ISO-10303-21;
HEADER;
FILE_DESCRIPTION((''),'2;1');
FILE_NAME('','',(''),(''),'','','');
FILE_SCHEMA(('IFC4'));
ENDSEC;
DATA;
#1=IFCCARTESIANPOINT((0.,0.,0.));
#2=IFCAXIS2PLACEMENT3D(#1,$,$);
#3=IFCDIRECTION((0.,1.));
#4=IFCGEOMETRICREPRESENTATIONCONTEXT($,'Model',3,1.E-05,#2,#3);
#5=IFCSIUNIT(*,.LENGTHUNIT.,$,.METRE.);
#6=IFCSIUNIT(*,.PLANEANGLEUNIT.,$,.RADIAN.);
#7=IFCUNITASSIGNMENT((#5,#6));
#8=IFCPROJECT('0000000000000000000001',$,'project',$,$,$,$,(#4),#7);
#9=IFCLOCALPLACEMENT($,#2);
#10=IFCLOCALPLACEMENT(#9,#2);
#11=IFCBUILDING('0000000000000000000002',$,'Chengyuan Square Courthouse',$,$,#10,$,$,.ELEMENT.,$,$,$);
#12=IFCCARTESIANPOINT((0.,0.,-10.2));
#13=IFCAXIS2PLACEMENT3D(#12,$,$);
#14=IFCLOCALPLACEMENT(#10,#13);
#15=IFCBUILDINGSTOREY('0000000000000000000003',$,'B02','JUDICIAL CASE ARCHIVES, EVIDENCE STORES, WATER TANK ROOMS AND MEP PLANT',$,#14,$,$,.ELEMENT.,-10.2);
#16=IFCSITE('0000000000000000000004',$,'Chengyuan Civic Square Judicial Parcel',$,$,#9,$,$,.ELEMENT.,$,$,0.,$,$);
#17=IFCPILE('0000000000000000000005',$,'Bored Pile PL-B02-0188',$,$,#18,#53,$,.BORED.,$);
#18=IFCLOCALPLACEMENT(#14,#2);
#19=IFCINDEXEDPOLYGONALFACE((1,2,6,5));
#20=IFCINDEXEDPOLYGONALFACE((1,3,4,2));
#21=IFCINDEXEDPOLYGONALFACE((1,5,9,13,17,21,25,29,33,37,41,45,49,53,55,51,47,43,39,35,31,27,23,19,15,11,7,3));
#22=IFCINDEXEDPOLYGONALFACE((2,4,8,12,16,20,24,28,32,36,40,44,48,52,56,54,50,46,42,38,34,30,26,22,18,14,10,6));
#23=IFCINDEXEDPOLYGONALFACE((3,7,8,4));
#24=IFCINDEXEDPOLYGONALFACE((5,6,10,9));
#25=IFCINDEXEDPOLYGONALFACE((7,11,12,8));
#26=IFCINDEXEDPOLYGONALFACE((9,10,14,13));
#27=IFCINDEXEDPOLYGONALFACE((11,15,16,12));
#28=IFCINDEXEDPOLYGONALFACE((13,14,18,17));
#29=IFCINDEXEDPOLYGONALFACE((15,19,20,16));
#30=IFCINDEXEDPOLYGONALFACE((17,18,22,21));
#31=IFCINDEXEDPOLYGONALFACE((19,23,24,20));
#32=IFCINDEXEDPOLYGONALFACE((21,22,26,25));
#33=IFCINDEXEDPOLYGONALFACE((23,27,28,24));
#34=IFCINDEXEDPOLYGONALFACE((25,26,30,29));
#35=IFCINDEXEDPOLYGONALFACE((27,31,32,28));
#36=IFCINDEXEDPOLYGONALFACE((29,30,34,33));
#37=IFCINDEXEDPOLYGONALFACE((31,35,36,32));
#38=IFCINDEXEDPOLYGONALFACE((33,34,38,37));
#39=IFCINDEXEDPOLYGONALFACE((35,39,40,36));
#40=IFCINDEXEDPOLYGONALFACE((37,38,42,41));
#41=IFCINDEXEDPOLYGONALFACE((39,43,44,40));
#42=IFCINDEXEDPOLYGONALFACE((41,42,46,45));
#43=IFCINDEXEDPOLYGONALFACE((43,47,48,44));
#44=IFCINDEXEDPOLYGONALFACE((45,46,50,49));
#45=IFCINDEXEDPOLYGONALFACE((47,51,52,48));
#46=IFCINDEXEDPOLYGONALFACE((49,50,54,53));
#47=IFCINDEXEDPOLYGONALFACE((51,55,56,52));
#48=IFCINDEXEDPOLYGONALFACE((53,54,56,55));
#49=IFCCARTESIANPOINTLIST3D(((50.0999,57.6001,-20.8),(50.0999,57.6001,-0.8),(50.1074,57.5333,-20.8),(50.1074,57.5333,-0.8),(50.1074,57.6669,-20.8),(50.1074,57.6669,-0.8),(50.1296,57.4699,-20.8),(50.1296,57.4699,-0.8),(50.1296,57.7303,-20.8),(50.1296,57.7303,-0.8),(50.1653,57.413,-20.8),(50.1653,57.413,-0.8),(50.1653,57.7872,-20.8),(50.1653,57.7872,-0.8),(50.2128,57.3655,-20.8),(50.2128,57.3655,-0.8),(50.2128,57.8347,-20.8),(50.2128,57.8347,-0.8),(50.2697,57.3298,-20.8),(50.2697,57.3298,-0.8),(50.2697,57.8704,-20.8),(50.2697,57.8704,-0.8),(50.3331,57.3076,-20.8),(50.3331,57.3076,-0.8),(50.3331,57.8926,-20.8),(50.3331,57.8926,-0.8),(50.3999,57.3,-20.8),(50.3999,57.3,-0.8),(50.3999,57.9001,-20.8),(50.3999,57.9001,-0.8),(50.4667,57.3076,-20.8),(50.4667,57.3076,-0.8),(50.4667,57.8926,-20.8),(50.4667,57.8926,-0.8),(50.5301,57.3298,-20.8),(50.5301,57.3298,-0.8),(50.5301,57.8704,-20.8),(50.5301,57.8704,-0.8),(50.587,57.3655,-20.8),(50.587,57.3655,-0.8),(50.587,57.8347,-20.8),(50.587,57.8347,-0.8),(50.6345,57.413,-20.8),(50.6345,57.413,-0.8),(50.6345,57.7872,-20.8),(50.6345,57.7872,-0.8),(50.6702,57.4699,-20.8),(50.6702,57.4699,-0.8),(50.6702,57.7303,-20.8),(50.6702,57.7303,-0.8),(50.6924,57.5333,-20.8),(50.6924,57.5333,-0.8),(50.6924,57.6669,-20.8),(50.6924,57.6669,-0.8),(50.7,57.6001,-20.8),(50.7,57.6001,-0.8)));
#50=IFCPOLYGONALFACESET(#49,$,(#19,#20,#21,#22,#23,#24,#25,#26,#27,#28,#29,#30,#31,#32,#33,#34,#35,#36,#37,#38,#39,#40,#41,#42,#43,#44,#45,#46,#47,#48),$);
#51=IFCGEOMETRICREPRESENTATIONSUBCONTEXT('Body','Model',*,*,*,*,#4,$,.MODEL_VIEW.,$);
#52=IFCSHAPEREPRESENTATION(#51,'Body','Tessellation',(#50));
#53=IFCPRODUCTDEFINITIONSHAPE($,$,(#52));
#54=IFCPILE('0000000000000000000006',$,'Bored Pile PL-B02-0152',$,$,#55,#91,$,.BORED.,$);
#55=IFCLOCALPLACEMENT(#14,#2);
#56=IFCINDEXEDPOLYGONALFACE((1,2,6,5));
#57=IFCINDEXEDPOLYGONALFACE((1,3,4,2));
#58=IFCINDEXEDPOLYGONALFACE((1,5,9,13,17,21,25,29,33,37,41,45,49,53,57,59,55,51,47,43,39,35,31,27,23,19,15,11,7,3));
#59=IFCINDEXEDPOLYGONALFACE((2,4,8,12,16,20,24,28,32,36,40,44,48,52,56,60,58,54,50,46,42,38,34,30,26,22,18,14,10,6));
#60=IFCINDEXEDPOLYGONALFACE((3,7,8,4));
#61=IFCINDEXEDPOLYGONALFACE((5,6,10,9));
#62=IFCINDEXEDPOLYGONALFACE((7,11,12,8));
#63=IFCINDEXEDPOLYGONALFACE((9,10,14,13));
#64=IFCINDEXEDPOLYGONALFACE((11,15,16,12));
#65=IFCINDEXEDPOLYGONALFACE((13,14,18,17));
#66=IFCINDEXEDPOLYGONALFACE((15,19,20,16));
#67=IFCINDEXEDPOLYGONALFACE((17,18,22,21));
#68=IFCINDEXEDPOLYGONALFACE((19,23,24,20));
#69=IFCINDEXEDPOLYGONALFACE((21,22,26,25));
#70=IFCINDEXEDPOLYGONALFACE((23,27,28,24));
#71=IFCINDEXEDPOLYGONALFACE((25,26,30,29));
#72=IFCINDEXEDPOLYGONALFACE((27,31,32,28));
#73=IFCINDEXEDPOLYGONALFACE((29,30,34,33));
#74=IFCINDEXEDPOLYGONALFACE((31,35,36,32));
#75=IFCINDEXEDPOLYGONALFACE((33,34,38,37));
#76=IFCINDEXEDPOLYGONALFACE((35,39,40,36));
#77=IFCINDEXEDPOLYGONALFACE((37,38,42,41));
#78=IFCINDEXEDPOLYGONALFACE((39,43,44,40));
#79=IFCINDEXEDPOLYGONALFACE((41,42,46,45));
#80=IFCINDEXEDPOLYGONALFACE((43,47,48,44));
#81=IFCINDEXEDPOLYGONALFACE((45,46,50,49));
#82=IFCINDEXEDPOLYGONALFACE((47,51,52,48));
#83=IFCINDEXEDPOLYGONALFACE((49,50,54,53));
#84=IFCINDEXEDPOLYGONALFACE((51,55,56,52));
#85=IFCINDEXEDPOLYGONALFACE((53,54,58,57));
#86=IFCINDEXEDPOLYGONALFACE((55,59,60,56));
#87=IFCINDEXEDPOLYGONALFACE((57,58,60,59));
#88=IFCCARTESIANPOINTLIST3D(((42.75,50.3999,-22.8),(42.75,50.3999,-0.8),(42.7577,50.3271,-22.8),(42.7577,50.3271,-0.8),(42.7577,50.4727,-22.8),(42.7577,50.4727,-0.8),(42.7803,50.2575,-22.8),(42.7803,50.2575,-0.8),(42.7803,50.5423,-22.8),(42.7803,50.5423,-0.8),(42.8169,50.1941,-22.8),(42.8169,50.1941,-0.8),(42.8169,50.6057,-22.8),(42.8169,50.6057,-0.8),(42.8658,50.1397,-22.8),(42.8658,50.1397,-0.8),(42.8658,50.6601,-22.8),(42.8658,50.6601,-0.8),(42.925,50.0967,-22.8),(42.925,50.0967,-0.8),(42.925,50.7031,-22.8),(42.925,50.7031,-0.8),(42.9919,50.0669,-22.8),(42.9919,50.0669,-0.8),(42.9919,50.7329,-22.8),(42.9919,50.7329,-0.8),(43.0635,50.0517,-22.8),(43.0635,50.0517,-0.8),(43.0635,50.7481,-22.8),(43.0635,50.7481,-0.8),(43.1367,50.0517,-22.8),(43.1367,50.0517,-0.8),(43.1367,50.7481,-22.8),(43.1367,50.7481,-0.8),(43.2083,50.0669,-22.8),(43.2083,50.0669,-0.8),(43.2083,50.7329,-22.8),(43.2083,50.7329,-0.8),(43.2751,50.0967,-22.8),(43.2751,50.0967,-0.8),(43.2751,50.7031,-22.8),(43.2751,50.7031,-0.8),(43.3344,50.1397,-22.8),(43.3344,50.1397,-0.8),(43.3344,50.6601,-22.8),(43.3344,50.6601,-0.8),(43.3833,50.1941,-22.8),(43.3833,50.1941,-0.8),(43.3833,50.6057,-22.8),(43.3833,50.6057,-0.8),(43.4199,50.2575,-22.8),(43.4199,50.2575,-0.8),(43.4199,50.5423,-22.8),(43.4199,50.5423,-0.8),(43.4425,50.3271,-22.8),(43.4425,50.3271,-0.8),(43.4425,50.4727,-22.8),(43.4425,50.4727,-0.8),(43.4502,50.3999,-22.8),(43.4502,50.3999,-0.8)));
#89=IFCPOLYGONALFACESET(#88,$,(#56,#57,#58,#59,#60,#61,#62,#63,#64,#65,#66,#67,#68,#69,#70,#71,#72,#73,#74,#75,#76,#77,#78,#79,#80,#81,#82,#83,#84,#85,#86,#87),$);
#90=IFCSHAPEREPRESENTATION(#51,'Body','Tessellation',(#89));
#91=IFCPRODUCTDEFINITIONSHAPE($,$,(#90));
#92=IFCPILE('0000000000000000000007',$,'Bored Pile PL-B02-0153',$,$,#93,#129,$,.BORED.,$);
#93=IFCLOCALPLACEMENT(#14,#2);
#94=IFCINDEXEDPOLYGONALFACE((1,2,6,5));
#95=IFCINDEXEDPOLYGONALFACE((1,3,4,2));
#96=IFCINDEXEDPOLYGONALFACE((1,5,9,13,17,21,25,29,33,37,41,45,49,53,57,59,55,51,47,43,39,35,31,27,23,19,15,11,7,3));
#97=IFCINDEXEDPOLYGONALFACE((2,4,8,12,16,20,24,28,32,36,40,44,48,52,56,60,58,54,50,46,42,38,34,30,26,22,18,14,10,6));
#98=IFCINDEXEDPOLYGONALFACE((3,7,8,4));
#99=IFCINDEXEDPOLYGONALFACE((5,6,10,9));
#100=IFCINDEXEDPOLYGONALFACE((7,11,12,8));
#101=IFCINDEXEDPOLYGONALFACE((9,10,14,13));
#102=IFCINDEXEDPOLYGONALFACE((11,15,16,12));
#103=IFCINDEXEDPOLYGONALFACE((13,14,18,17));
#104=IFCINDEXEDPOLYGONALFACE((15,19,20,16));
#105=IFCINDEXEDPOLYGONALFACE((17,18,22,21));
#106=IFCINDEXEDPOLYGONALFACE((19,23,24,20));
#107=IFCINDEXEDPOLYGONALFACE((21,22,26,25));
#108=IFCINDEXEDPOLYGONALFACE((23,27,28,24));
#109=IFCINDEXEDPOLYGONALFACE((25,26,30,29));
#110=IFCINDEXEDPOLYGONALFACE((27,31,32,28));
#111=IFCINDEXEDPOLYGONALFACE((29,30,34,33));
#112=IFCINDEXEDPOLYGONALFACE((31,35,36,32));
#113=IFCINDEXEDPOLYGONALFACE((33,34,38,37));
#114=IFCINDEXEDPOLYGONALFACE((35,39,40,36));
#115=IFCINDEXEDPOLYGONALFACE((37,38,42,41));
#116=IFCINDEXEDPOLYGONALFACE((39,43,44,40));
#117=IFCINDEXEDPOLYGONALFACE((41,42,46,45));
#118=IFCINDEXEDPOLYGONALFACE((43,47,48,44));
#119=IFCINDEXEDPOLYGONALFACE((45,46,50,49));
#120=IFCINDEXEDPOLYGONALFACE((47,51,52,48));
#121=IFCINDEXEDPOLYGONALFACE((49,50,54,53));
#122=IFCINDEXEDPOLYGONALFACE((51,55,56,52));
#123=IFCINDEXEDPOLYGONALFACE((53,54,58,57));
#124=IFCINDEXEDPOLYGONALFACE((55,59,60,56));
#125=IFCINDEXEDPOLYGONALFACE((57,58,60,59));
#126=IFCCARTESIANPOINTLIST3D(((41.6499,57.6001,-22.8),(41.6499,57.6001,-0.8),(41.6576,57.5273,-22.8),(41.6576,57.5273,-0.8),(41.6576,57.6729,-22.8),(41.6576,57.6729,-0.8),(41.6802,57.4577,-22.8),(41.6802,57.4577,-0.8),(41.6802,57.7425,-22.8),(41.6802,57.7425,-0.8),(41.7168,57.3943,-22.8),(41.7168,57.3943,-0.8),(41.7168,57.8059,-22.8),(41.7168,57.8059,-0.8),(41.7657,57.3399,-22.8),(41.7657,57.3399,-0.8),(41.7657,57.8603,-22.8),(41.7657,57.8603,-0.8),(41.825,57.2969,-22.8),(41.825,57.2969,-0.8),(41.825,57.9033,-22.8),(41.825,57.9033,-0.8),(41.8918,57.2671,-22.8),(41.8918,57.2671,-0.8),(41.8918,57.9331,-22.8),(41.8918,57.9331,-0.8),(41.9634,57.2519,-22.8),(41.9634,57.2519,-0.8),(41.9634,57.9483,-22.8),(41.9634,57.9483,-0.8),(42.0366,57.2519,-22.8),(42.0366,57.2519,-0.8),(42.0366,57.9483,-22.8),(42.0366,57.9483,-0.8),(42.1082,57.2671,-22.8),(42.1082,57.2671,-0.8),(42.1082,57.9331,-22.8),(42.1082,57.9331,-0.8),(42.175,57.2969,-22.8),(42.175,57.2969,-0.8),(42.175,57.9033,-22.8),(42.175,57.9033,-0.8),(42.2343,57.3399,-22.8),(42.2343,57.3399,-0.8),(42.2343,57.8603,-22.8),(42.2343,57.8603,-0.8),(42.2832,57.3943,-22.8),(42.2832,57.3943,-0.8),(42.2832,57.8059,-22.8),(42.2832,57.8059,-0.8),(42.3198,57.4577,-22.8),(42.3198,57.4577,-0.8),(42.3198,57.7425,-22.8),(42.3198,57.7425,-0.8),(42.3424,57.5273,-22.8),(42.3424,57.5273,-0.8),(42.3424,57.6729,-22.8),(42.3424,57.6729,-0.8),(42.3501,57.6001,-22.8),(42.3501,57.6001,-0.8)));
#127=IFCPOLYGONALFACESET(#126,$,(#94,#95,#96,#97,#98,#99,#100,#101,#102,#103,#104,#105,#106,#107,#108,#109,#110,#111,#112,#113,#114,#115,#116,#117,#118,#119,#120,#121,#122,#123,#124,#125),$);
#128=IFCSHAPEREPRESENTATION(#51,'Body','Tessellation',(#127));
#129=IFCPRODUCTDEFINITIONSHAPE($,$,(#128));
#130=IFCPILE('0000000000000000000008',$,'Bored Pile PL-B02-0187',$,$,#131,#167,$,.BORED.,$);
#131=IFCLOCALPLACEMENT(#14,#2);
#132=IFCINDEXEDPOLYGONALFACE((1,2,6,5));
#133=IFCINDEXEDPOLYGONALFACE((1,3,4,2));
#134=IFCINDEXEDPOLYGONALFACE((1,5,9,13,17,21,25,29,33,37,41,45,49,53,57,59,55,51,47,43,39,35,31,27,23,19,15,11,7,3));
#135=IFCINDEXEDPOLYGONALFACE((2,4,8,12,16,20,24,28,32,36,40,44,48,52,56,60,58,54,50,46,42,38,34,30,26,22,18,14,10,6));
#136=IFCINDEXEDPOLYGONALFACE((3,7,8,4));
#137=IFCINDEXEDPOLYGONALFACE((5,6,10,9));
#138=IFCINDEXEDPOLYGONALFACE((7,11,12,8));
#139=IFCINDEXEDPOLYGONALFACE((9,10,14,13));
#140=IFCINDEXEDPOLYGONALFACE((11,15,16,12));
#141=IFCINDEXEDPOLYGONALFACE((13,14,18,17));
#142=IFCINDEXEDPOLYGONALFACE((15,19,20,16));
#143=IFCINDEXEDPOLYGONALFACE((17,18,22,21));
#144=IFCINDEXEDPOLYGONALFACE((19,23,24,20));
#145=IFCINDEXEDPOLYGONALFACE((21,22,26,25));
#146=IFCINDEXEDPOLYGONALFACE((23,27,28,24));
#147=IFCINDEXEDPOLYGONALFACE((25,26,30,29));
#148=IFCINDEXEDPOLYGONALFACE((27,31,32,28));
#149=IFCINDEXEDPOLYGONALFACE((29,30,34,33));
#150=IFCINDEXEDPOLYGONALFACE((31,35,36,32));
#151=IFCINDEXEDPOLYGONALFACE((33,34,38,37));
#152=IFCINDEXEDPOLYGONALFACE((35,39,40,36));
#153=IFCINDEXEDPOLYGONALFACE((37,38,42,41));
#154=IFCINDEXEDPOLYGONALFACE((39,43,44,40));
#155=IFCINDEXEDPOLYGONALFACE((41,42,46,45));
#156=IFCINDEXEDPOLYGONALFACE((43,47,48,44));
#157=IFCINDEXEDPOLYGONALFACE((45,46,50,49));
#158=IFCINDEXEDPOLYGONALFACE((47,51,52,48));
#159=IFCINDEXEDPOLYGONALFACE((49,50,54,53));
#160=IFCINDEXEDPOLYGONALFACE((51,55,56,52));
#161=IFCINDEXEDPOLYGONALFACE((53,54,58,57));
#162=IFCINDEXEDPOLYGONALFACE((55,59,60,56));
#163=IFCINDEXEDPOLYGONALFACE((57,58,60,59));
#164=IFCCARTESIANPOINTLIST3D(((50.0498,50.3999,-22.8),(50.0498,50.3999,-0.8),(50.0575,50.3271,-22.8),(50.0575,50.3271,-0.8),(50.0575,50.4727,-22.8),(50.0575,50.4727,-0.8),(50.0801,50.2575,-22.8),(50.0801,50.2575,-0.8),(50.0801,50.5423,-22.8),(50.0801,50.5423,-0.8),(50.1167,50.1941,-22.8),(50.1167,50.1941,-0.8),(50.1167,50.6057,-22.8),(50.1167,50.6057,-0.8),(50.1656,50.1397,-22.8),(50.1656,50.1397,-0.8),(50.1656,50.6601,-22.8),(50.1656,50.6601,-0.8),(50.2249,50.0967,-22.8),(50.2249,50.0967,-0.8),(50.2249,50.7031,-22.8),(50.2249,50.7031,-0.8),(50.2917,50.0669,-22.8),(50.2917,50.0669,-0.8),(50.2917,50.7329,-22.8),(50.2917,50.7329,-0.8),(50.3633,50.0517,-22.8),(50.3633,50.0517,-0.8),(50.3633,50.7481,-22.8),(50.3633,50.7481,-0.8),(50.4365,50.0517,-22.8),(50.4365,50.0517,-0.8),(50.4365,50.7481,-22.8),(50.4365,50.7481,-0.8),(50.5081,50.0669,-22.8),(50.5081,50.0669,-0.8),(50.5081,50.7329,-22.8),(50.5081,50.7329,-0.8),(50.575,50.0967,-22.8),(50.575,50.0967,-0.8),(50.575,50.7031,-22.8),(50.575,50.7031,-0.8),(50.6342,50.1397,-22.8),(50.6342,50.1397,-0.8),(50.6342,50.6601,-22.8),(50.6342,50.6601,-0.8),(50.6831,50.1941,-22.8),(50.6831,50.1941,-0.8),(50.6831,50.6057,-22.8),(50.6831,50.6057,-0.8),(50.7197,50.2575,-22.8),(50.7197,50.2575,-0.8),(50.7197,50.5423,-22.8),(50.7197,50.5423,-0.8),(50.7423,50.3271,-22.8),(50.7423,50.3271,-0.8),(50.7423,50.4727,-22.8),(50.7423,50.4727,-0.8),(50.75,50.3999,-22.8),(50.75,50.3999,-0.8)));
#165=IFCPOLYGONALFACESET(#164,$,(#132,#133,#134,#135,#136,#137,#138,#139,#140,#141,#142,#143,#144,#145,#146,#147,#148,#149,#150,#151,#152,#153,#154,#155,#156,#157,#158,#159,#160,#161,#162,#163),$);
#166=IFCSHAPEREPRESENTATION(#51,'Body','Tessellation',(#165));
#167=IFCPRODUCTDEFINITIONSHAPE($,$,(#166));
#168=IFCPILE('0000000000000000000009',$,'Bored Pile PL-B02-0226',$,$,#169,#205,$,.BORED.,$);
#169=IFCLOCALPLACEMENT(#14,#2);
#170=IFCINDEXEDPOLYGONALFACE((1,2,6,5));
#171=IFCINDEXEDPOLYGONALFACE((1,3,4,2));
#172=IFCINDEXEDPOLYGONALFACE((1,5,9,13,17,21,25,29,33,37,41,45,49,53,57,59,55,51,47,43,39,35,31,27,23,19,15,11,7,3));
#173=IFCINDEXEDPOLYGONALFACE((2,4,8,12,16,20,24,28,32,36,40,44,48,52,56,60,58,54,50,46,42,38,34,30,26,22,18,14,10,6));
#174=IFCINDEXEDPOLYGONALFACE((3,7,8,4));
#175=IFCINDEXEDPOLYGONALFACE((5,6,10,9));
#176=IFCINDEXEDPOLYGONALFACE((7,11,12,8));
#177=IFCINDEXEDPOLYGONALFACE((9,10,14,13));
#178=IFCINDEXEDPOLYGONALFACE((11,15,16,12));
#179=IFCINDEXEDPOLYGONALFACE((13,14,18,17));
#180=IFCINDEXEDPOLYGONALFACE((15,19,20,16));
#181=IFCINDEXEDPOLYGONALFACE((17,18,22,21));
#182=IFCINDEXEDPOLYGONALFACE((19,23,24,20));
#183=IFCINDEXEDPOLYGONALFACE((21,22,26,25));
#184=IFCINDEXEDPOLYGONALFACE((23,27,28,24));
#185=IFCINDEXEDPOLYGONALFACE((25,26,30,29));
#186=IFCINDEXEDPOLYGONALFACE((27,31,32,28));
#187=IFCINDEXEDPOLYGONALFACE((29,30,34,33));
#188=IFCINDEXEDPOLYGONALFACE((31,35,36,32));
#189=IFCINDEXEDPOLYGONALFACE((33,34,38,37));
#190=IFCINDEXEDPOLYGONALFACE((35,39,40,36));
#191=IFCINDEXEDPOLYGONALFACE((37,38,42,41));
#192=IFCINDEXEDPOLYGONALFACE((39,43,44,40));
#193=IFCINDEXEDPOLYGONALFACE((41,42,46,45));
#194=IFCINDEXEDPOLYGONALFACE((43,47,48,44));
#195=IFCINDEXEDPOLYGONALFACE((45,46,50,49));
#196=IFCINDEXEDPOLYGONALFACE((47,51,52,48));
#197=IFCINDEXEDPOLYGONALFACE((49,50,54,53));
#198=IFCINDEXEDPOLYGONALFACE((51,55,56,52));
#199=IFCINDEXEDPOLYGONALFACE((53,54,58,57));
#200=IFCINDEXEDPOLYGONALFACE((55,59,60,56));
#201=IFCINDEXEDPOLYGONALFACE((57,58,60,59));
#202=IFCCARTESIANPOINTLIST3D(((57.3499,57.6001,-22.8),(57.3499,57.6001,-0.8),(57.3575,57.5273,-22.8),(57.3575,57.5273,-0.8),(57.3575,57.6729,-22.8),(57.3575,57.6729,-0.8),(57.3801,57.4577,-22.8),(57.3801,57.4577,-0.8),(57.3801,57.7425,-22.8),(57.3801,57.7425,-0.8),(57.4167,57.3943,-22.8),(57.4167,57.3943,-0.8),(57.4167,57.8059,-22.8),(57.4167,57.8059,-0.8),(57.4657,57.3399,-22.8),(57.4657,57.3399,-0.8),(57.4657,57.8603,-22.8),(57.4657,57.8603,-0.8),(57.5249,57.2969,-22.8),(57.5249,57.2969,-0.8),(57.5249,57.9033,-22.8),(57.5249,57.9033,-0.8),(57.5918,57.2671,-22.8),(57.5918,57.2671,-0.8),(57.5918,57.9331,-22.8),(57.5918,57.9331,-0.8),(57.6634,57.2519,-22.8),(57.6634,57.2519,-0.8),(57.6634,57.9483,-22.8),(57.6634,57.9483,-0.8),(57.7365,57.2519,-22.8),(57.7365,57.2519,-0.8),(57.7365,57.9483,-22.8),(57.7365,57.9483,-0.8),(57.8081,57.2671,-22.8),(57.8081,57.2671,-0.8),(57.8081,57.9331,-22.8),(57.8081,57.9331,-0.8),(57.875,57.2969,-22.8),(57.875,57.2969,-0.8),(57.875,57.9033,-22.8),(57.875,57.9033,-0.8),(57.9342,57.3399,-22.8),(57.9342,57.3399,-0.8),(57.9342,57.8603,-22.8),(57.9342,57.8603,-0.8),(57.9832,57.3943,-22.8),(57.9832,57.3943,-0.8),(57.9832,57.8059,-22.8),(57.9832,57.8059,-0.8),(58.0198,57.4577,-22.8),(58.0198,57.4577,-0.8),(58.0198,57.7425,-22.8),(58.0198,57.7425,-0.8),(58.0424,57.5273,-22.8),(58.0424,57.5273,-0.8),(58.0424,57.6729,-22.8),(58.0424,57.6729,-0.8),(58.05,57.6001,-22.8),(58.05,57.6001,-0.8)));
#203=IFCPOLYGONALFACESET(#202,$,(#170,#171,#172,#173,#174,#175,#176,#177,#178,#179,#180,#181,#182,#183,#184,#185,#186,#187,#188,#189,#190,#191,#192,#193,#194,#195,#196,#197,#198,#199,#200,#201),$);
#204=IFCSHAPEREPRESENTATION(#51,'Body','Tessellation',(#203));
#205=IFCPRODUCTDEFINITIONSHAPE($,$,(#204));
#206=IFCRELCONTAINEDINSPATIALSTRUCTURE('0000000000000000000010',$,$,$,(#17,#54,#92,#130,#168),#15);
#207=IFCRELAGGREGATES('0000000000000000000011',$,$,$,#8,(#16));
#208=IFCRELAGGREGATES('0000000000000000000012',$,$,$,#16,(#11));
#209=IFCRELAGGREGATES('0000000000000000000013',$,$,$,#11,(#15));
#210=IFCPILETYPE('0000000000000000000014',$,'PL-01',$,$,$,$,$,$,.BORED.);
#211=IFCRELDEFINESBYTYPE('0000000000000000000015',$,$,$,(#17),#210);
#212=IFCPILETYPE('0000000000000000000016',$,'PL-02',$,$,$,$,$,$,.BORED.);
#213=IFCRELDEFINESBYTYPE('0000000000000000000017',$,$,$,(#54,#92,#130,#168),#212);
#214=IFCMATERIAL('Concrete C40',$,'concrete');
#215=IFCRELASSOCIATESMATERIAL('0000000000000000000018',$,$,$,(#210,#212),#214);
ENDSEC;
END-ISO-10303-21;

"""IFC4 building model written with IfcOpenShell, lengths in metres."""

from ifc_helpers import new_model, si_unit, direction, frame, origin, origin_2d, place, context, subcontext, project, spatial, circle, extrude, material, material_profile, profile_set, type_object, element, save


model = new_model("IFC4")

# Units and contexts
model_context = context("Model", 3, precision=1e-05, world=origin(), true_north=direction((0.0, 1.0)))
body_context = subcontext(model_context, "Body", "Model", "MODEL_VIEW")
ifc_project = project(units=[si_unit("LENGTHUNIT", "METRE"), si_unit("PLANEANGLEUNIT", "RADIAN")], contexts=[model_context])

# Site, building, storey
site_placement = place(None, origin())
site = spatial("IfcSite", under=ifc_project, at=site_placement, Name="Chengyuan Civic Square Judicial Parcel", CompositionType="ELEMENT", RefElevation=0.0)
building_placement = place(site_placement, origin())
building = spatial("IfcBuilding", under=site, at=building_placement, Name="Chengyuan Square Courthouse", CompositionType="ELEMENT")
storey_placement = place(building_placement, frame((0.0, 0.0, -10.2)))
storey = spatial("IfcBuildingStorey", under=building, at=storey_placement, Name="B02", Description="JUDICIAL CASE ARCHIVES, EVIDENCE STORES, WATER TANK ROOMS AND MEP PLANT", CompositionType="ELEMENT", Elevation=-10.2)

# Shared definitions
ifc_material_1 = material(Name="Concrete C40", Category="concrete")

# Piles
ifc_material_profile_1 = material_profile(ifc_material_1, circle(Radius=0.3, at=origin_2d()), Name="BORED PILE D600")
ifc_profile_set_1 = profile_set([ifc_material_profile_1], Name="Concrete C40")
pile_type_1 = type_object("IfcPileType", Name="PL-01", PredefinedType="BORED", material=ifc_profile_set_1)
pile_placement = place(storey_placement, frame((50.3999, 57.6001, -0.8), z_axis=(0.0, 0.0, -1.0), x_axis=(1.0, 0.0, 0.0)))
element("IfcPile", 1, at=pile_placement, inside=storey, type_object=pile_type_1, Name="Bored Pile PL-B02-0188", PredefinedType="BORED", context=body_context, shape_type="SweptSolid", body=[
    extrude(circle(Radius=0.3, at=origin_2d()), origin(), (0.0, 0.0, 1.0), 20.0),
])
ifc_material_profile_2 = material_profile(ifc_material_1, circle(Radius=0.3501, at=origin_2d()), Name="BORED PILE D700")
ifc_profile_set_2 = profile_set([ifc_material_profile_2], Name="Concrete C40")
pile_type_2 = type_object("IfcPileType", Name="PL-02", PredefinedType="BORED", material=ifc_profile_set_2)
for number, where, z_axis, x_axis, name in (
    (2, (43.1001, 50.3999, -0.8), (0.0, 0.0, -1.0), (1.0, 0.0, 0.0), "Bored Pile PL-B02-0152"),
    (3, (42.0, 57.6001, -0.8), (0.0, 0.0, -1.0), (1.0, 0.0, 0.0), "Bored Pile PL-B02-0153"),
    (4, (50.3999, 50.3999, -0.8), (0.0, 0.0, -1.0), (1.0, 0.0, 0.0), "Bored Pile PL-B02-0187"),
    (5, (57.7, 57.6001, -0.8), (0.0, 0.0, -1.0), (1.0, 0.0, 0.0), "Bored Pile PL-B02-0226"),
):
    element("IfcPile", number, at=place(storey_placement, frame(where, z_axis=z_axis, x_axis=x_axis)), inside=storey, type_object=pile_type_2, Name=name, PredefinedType="BORED", context=body_context, shape_type="SweptSolid", body=[
        extrude(circle(Radius=0.3501, at=origin_2d()), origin(), (0.0, 0.0, 1.0), 22.0),
    ])

save(model, "model.ifc")
